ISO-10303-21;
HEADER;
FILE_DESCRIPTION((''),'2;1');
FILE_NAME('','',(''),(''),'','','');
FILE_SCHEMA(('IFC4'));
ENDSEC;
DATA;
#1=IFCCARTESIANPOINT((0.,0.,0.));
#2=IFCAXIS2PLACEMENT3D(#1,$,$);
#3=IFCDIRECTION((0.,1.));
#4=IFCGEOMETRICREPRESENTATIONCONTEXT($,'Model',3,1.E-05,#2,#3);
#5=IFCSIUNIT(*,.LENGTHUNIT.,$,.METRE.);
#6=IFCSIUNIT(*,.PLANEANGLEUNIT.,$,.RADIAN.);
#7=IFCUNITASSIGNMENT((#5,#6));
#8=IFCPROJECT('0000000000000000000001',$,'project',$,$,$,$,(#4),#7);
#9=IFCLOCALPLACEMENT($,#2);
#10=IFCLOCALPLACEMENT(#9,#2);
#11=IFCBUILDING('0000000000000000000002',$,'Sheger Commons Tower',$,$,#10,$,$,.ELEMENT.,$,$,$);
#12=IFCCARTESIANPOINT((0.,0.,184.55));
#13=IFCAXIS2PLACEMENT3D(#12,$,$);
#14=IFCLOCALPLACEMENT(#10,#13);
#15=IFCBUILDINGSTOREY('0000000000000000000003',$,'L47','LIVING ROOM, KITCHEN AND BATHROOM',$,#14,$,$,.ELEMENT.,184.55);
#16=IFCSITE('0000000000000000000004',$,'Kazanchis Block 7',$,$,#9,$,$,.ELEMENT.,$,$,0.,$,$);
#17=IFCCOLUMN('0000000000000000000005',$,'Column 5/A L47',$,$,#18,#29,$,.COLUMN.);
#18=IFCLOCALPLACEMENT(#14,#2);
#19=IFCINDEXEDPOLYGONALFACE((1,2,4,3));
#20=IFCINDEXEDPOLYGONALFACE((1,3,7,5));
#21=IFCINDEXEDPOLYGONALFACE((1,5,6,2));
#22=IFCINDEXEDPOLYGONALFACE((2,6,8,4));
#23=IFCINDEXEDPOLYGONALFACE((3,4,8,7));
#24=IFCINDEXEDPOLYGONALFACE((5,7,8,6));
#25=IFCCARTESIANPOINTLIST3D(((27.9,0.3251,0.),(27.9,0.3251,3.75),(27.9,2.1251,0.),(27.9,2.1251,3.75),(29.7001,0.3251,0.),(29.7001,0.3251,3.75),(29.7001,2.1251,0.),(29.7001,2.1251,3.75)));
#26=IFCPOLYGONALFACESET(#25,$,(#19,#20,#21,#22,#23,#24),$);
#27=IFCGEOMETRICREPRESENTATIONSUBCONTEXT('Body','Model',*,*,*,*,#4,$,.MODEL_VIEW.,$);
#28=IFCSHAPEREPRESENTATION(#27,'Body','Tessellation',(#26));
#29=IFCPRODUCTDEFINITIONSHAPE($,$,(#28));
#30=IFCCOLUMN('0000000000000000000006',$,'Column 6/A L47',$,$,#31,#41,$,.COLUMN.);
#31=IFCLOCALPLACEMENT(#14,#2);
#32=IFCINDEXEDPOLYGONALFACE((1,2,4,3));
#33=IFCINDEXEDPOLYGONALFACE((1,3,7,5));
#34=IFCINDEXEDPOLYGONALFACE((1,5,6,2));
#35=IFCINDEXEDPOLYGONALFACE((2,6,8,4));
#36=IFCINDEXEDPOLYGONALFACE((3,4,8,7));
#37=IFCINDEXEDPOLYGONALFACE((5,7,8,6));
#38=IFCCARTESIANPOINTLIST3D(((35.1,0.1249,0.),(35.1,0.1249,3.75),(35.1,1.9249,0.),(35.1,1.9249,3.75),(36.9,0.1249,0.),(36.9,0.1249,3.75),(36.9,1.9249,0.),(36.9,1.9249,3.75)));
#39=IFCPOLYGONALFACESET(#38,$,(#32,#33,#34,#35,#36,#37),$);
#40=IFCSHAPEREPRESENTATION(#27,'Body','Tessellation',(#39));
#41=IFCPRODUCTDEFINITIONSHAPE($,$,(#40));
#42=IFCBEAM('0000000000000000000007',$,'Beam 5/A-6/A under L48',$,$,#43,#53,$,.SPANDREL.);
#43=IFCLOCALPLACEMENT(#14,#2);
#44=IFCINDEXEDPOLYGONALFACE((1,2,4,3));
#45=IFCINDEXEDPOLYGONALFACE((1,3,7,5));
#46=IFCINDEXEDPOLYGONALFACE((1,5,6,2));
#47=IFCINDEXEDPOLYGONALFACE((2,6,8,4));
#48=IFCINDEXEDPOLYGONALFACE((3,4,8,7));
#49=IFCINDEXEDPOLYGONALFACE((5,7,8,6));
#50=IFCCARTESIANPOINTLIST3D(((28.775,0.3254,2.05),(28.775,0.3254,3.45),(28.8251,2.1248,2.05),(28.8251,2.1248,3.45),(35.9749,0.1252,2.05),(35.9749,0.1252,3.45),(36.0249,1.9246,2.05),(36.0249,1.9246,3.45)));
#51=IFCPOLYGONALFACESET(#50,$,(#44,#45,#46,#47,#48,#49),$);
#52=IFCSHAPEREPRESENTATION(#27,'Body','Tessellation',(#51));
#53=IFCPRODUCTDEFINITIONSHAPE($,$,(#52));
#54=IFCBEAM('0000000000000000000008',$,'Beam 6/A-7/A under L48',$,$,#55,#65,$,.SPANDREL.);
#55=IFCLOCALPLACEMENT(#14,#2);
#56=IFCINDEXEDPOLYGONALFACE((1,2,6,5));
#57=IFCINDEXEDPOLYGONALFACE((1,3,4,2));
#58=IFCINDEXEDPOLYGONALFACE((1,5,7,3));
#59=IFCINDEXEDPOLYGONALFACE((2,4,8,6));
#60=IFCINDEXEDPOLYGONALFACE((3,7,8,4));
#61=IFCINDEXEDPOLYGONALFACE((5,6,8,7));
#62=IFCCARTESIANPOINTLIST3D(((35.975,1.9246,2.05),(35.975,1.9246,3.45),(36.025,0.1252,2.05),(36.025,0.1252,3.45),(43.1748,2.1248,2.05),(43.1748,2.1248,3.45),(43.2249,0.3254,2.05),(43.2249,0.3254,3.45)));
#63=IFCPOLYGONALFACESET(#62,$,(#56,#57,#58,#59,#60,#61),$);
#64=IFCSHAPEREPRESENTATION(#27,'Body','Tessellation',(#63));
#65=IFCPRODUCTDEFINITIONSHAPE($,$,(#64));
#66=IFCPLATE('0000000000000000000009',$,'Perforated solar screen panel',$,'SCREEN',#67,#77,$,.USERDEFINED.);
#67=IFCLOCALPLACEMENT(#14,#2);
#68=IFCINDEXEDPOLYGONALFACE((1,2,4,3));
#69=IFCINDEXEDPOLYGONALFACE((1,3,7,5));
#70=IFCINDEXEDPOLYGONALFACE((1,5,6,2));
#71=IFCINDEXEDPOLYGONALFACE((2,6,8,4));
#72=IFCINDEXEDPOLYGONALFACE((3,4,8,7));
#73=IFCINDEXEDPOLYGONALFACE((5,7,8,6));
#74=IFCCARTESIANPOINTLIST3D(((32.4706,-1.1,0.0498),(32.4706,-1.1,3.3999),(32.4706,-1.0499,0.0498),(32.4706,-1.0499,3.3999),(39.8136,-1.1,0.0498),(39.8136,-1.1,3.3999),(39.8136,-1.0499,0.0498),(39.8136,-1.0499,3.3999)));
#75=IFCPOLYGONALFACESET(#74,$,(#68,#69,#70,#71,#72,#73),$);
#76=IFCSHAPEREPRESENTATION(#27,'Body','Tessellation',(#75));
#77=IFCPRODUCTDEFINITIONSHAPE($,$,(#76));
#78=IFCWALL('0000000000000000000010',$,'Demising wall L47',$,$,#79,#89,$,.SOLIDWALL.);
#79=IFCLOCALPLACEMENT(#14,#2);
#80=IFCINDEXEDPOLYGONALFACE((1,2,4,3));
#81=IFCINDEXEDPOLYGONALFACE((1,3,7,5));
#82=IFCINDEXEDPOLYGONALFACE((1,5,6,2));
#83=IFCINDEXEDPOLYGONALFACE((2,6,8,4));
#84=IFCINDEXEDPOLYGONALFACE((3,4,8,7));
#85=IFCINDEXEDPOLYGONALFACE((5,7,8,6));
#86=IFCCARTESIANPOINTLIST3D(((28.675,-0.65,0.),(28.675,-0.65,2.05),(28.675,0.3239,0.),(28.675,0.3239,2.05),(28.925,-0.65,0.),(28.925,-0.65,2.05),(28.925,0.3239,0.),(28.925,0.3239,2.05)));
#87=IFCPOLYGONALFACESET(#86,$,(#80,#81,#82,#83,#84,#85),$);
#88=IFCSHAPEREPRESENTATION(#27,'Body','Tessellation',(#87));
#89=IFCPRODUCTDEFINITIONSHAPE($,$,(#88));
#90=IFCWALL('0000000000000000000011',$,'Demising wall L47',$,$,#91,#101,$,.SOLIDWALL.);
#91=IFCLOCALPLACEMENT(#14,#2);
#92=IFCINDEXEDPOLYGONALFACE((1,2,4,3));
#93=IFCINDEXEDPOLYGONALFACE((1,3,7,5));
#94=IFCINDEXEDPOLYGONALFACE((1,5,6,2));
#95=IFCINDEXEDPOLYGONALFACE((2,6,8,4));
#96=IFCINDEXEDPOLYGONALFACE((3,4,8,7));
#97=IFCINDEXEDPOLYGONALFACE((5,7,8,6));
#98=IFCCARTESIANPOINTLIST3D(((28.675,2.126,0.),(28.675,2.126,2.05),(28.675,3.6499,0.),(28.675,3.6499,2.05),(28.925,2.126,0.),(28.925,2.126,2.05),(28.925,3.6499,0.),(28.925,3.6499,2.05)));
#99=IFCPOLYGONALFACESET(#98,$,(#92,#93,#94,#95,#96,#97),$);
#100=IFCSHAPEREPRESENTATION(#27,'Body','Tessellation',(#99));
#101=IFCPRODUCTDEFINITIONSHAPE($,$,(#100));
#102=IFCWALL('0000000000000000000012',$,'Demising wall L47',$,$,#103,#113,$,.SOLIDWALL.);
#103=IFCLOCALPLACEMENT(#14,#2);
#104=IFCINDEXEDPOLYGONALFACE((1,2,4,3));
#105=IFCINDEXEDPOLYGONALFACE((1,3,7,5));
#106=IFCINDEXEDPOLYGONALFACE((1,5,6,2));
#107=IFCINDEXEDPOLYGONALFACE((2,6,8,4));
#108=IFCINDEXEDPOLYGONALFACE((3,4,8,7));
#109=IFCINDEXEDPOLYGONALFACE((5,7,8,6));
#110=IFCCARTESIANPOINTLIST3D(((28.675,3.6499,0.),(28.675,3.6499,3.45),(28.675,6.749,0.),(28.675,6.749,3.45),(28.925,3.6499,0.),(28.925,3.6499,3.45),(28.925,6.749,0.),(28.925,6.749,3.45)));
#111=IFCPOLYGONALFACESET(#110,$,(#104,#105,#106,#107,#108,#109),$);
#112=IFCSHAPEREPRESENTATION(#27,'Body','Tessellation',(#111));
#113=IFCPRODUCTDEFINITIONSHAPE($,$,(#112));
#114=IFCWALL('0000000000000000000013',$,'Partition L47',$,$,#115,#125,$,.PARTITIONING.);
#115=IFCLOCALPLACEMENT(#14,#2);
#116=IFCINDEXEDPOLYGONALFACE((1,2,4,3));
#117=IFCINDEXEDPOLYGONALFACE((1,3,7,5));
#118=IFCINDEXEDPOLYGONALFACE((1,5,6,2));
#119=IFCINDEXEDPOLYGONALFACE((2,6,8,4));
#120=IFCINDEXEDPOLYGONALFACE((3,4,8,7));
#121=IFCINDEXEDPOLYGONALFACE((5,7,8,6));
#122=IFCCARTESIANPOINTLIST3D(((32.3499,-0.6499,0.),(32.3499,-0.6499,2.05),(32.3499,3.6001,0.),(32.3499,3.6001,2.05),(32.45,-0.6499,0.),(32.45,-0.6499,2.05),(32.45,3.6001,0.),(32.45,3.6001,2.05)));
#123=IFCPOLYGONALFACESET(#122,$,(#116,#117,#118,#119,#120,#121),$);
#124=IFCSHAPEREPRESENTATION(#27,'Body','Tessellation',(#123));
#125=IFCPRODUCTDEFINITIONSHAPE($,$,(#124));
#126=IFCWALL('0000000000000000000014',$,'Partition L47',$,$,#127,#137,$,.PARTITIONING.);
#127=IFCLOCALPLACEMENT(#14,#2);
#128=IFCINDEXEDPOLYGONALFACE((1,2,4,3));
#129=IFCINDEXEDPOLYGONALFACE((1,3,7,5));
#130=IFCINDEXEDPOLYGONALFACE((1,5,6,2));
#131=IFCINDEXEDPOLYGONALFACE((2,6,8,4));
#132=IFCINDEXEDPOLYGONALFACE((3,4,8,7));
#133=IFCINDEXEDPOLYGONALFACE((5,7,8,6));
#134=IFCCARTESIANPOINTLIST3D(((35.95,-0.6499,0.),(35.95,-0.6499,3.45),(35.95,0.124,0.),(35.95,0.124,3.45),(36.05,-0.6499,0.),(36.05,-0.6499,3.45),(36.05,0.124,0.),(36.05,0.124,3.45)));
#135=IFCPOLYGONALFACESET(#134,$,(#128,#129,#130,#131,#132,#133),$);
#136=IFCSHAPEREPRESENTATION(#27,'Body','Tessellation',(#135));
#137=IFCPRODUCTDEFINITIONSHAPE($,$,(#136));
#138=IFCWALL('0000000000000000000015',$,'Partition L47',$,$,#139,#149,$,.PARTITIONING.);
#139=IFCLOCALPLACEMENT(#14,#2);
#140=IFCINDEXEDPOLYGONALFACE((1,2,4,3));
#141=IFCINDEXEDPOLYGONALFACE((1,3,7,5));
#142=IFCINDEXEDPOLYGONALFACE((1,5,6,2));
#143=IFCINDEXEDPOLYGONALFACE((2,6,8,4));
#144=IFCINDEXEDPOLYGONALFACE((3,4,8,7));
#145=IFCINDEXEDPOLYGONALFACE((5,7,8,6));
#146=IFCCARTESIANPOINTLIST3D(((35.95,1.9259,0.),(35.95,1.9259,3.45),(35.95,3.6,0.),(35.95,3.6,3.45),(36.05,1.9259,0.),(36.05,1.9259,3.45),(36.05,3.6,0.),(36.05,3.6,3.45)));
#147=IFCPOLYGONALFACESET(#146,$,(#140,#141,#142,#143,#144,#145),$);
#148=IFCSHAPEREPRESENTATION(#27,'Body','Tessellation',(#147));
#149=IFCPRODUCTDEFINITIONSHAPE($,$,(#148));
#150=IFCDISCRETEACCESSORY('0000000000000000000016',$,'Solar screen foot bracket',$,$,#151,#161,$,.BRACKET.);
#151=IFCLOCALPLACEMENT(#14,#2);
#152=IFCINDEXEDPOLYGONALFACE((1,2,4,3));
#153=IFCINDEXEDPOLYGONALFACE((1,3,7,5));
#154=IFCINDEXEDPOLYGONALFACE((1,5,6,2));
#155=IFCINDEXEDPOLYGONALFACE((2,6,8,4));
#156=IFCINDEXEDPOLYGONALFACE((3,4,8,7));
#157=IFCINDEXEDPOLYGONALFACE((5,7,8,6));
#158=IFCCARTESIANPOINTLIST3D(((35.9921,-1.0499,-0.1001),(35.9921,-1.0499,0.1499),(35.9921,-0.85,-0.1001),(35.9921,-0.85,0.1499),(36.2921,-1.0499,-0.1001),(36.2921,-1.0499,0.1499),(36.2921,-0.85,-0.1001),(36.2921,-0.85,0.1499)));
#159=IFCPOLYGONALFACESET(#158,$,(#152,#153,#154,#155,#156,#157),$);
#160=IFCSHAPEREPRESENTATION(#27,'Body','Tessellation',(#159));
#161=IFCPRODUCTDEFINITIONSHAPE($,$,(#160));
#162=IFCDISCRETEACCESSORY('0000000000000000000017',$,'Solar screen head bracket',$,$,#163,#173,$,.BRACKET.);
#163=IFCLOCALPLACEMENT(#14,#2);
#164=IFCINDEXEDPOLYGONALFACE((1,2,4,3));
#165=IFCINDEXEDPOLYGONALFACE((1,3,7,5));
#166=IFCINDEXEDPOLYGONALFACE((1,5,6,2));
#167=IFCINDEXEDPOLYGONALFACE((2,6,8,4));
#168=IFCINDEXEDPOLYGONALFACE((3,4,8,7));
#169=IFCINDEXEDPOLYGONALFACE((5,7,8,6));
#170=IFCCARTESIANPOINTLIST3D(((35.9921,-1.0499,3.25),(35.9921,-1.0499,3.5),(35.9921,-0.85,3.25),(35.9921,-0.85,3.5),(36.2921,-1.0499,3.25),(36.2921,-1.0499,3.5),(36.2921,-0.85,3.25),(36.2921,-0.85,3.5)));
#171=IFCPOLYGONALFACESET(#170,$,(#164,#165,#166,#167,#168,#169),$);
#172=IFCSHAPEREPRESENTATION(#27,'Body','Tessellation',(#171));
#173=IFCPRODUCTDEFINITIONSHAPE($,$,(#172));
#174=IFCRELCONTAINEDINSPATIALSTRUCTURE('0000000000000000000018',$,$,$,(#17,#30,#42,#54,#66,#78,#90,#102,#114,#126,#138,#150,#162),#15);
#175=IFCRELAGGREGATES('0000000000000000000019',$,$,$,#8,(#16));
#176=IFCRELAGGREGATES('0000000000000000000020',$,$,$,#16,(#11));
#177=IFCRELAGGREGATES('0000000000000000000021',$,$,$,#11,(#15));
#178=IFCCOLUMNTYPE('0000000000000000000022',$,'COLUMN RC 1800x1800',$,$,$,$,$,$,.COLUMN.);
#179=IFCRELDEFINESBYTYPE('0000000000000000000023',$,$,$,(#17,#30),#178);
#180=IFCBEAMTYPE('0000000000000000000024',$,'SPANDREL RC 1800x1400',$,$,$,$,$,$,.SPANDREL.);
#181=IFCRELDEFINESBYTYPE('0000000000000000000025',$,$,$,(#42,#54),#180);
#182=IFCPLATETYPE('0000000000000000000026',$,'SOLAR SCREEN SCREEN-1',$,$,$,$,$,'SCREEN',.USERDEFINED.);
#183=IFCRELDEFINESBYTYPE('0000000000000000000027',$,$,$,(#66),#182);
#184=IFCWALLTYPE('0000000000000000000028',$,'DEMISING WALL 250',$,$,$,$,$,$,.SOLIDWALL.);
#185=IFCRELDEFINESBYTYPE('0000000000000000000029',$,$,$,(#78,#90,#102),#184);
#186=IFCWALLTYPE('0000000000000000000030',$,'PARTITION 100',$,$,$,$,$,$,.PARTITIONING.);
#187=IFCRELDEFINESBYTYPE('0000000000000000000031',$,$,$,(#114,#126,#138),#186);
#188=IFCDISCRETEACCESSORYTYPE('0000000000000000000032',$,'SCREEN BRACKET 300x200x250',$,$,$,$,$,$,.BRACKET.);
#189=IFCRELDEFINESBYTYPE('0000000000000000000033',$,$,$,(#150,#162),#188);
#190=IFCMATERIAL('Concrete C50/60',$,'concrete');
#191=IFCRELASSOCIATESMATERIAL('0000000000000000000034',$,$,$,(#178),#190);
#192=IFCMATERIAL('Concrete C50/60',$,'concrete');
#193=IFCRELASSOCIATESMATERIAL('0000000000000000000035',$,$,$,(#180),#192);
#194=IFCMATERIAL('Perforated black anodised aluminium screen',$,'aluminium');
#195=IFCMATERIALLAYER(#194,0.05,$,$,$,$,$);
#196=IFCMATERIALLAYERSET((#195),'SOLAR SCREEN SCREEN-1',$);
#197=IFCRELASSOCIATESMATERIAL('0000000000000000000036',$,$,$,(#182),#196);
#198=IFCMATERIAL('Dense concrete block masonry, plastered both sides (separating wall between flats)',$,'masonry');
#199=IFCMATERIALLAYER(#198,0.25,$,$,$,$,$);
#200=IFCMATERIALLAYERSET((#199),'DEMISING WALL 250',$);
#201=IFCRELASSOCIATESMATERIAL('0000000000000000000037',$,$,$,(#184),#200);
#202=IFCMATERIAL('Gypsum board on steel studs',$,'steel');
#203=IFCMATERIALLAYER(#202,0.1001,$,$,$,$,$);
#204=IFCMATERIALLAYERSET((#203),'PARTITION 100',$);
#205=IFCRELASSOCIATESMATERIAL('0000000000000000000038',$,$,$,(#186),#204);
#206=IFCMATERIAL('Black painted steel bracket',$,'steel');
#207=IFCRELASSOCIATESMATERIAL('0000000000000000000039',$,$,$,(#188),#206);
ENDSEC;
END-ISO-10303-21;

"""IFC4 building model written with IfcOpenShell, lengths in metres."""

from ifc_helpers import new_model, si_unit, direction, frame, frame_2d, origin, origin_2d, place, context, subcontext, project, spatial, rectangle, extrude, material, layer, layer_set, material_profile, profile_set, type_object, element, save


model = new_model("IFC4")

# Units and contexts
model_context = context("Model", 3, precision=1e-05, world=origin(), true_north=direction((0.0, 1.0)))
body_context = subcontext(model_context, "Body", "Model", "MODEL_VIEW")
ifc_project = project(units=[si_unit("LENGTHUNIT", "METRE"), si_unit("PLANEANGLEUNIT", "RADIAN")], contexts=[model_context])

# Site, building, storey
site_placement = place(None, origin())
site = spatial("IfcSite", under=ifc_project, at=site_placement, Name="Kazanchis Block 7", CompositionType="ELEMENT", RefElevation=0.0)
building_placement = place(site_placement, origin())
building = spatial("IfcBuilding", under=site, at=building_placement, Name="Sheger Commons Tower", CompositionType="ELEMENT")
storey_placement = place(building_placement, frame((0.0, 0.0, 184.55)))
storey = spatial("IfcBuildingStorey", under=building, at=storey_placement, Name="L47", Description="LIVING ROOM, KITCHEN AND BATHROOM", CompositionType="ELEMENT", Elevation=184.55)

# Columns
ifc_material_1 = material(Name="Concrete C50/60", Category="concrete")
ifc_material_profile_1 = material_profile(ifc_material_1, rectangle(XDim=1.8, YDim=1.8, at=origin_2d()), Name="RC 1800x1800")
ifc_profile_set_1 = profile_set([ifc_material_profile_1], Name="Concrete C50/60")
column_type = type_object("IfcColumnType", Name="COLUMN RC 1800x1800", PredefinedType="COLUMN", material=ifc_profile_set_1)
for number, where, z_axis, x_axis, name in (
    (1, (28.8, 1.2251, 0.0), (0.0, 0.0, 1.0), (1.0, 0.0, 0.0), "Column 5/A L47"),
    (2, (36.0, 1.0249, 0.0), (0.0, 0.0, 1.0), (1.0, 0.0, 0.0), "Column 6/A L47"),
):
    element("IfcColumn", number, at=place(storey_placement, frame(where, z_axis=z_axis, x_axis=x_axis)), inside=storey, type_object=column_type, Name=name, PredefinedType="COLUMN", context=body_context, shape_type="SweptSolid", body=[
        extrude(rectangle(XDim=1.8, YDim=1.8, at=origin_2d()), origin(), (0.0, 0.0, 1.0), 3.75),
    ])

# Beams
ifc_material_2 = material(Name="Concrete C50/60", Category="concrete")
ifc_material_profile_2 = material_profile(ifc_material_2, rectangle(XDim=1.8, YDim=1.3999, at=origin_2d()), Name="RC 1800x1400")
ifc_profile_set_2 = profile_set([ifc_material_profile_2], Name="Concrete C50/60")
beam_type = type_object("IfcBeamType", Name="SPANDREL RC 1800x1400", PredefinedType="SPANDREL", material=ifc_profile_set_2)
for number, where, z_axis, x_axis, name in (
    (3, (28.8, 1.2251, 2.75), (0.999614, -0.027794, 0.0), (0.027794, 0.999614, 0.0), "Beam 5/A-6/A under L48"),
    (4, (36.0, 1.0249, 2.75), (0.999614, 0.027794, 0.0), (-0.027794, 0.999614, 0.0), "Beam 6/A-7/A under L48"),
):
    element("IfcBeam", number, at=place(storey_placement, frame(where, z_axis=z_axis, x_axis=x_axis)), inside=storey, type_object=beam_type, Name=name, PredefinedType="SPANDREL", context=body_context, shape_type="SweptSolid", body=[
        extrude(rectangle(XDim=1.8, YDim=1.3999, at=origin_2d()), origin(), (0.0, 0.0, 1.0), 7.2026),
    ])

# Plate
ifc_material_3 = material(Name="Perforated black anodised aluminium screen", Category="aluminium")
ifc_layer_1 = layer(ifc_material_3, 0.05)
ifc_layer_set_1 = layer_set([ifc_layer_1], Name="SOLAR SCREEN SCREEN-1")
plate_type = type_object("IfcPlateType", Name="SOLAR SCREEN SCREEN-1", ElementType="SCREEN", PredefinedType="USERDEFINED", material=ifc_layer_set_1)
plate_placement = place(storey_placement, frame((36.1421, -1.075, 0.0498), z_axis=(0.0, 0.0, 1.0), x_axis=(1.0, 0.0, 0.0)))
element("IfcPlate", 5, at=plate_placement, inside=storey, type_object=plate_type, Name="Perforated solar screen panel", ObjectType="SCREEN", PredefinedType="USERDEFINED", context=body_context, shape_type="SweptSolid", body=[
    extrude(rectangle(XDim=7.343, YDim=0.05, at=origin_2d()), origin(), (0.0, 0.0, 1.0), 3.3501),
])

# Walls
ifc_material_4 = material(Name="Dense concrete block masonry, plastered both sides (separating wall between flats)", Category="masonry")
ifc_layer_2 = layer(ifc_material_4, 0.25)
ifc_layer_set_2 = layer_set([ifc_layer_2], Name="DEMISING WALL 250")
wall_type_1 = type_object("IfcWallType", Name="DEMISING WALL 250", PredefinedType="SOLIDWALL", material=ifc_layer_set_2)
wall_1_placement = place(storey_placement, frame((28.8, -0.6499, 0.0), z_axis=(0.0, 0.0, 1.0), x_axis=(0.0, 1.0, 0.0)))
element("IfcWall", 6, at=wall_1_placement, inside=storey, type_object=wall_type_1, Name="Demising wall L47", PredefinedType="SOLIDWALL", context=body_context, shape_type="SweptSolid", body=[
    extrude(rectangle(XDim=0.9739, YDim=0.25, at=frame_2d((0.4868, 0.0))), origin(), (0.0, 0.0, 1.0), 2.05),
])
wall_2_placement = place(storey_placement, frame((28.8, 2.126, 0.0), z_axis=(0.0, 0.0, 1.0), x_axis=(0.0, 1.0, 0.0)))
element("IfcWall", 7, at=wall_2_placement, inside=storey, type_object=wall_type_1, Name="Demising wall L47", PredefinedType="SOLIDWALL", context=body_context, shape_type="SweptSolid", body=[
    extrude(rectangle(XDim=1.5239, YDim=0.25, at=frame_2d((0.762, 0.0))), origin(), (0.0, 0.0, 1.0), 2.05),
])
wall_3_placement = place(storey_placement, frame((28.8, 3.6499, 0.0), z_axis=(0.0, 0.0, 1.0), x_axis=(0.0, 1.0, 0.0)))
element("IfcWall", 8, at=wall_3_placement, inside=storey, type_object=wall_type_1, Name="Demising wall L47", PredefinedType="SOLIDWALL", context=body_context, shape_type="SweptSolid", body=[
    extrude(rectangle(XDim=3.0991, YDim=0.25, at=frame_2d((1.5496, 0.0))), origin(), (0.0, 0.0, 1.0), 3.45),
])
ifc_material_5 = material(Name="Gypsum board on steel studs", Category="steel")
ifc_layer_3 = layer(ifc_material_5, 0.1001)
ifc_layer_set_3 = layer_set([ifc_layer_3], Name="PARTITION 100")
wall_type_2 = type_object("IfcWallType", Name="PARTITION 100", PredefinedType="PARTITIONING", material=ifc_layer_set_3)
wall_4_placement = place(storey_placement, frame((32.3999, -0.6499, 0.0), z_axis=(0.0, 0.0, 1.0), x_axis=(0.0, 1.0, 0.0)))
element("IfcWall", 9, at=wall_4_placement, inside=storey, type_object=wall_type_2, Name="Partition L47", PredefinedType="PARTITIONING", context=body_context, shape_type="SweptSolid", body=[
    extrude(rectangle(XDim=4.25, YDim=0.1001, at=frame_2d((2.125, 0.0))), origin(), (0.0, 0.0, 1.0), 2.05),
])
wall_5_placement = place(storey_placement, frame((36.0, -0.6499, 0.0), z_axis=(0.0, 0.0, 1.0), x_axis=(0.0, 1.0, 0.0)))
element("IfcWall", 10, at=wall_5_placement, inside=storey, type_object=wall_type_2, Name="Partition L47", PredefinedType="PARTITIONING", context=body_context, shape_type="SweptSolid", body=[
    extrude(rectangle(XDim=0.7739, YDim=0.1001, at=frame_2d((0.387, 0.0))), origin(), (0.0, 0.0, 1.0), 3.45),
])
wall_6_placement = place(storey_placement, frame((36.0, 1.926, 0.0), z_axis=(0.0, 0.0, 1.0), x_axis=(0.0, 1.0, 0.0)))
element("IfcWall", 11, at=wall_6_placement, inside=storey, type_object=wall_type_2, Name="Partition L47", PredefinedType="PARTITIONING", context=body_context, shape_type="SweptSolid", body=[
    extrude(rectangle(XDim=1.6741, YDim=0.1001, at=frame_2d((0.8369, 0.0))), origin(), (0.0, 0.0, 1.0), 3.45),
])

# Discrete accessories
ifc_material_6 = material(Name="Black painted steel bracket", Category="steel")
discrete_accessory_type = type_object("IfcDiscreteAccessoryType", Name="SCREEN BRACKET 300x200x250", PredefinedType="BRACKET", material=ifc_material_6)
for number, where, z_axis, x_axis, name in (
    (12, (36.1421, -0.95, -0.1001), (0.0, 0.0, 1.0), (1.0, 0.0, 0.0), "Solar screen foot bracket"),
    (13, (36.1421, -0.95, 3.25), (0.0, 0.0, 1.0), (1.0, 0.0, 0.0), "Solar screen head bracket"),
):
    element("IfcDiscreteAccessory", number, at=place(storey_placement, frame(where, z_axis=z_axis, x_axis=x_axis)), inside=storey, type_object=discrete_accessory_type, Name=name, PredefinedType="BRACKET", context=body_context, shape_type="SweptSolid", body=[
        extrude(rectangle(XDim=0.3, YDim=0.2, at=origin_2d()), origin(), (0.0, 0.0, 1.0), 0.25),
    ])

save(model, "model.ifc")
